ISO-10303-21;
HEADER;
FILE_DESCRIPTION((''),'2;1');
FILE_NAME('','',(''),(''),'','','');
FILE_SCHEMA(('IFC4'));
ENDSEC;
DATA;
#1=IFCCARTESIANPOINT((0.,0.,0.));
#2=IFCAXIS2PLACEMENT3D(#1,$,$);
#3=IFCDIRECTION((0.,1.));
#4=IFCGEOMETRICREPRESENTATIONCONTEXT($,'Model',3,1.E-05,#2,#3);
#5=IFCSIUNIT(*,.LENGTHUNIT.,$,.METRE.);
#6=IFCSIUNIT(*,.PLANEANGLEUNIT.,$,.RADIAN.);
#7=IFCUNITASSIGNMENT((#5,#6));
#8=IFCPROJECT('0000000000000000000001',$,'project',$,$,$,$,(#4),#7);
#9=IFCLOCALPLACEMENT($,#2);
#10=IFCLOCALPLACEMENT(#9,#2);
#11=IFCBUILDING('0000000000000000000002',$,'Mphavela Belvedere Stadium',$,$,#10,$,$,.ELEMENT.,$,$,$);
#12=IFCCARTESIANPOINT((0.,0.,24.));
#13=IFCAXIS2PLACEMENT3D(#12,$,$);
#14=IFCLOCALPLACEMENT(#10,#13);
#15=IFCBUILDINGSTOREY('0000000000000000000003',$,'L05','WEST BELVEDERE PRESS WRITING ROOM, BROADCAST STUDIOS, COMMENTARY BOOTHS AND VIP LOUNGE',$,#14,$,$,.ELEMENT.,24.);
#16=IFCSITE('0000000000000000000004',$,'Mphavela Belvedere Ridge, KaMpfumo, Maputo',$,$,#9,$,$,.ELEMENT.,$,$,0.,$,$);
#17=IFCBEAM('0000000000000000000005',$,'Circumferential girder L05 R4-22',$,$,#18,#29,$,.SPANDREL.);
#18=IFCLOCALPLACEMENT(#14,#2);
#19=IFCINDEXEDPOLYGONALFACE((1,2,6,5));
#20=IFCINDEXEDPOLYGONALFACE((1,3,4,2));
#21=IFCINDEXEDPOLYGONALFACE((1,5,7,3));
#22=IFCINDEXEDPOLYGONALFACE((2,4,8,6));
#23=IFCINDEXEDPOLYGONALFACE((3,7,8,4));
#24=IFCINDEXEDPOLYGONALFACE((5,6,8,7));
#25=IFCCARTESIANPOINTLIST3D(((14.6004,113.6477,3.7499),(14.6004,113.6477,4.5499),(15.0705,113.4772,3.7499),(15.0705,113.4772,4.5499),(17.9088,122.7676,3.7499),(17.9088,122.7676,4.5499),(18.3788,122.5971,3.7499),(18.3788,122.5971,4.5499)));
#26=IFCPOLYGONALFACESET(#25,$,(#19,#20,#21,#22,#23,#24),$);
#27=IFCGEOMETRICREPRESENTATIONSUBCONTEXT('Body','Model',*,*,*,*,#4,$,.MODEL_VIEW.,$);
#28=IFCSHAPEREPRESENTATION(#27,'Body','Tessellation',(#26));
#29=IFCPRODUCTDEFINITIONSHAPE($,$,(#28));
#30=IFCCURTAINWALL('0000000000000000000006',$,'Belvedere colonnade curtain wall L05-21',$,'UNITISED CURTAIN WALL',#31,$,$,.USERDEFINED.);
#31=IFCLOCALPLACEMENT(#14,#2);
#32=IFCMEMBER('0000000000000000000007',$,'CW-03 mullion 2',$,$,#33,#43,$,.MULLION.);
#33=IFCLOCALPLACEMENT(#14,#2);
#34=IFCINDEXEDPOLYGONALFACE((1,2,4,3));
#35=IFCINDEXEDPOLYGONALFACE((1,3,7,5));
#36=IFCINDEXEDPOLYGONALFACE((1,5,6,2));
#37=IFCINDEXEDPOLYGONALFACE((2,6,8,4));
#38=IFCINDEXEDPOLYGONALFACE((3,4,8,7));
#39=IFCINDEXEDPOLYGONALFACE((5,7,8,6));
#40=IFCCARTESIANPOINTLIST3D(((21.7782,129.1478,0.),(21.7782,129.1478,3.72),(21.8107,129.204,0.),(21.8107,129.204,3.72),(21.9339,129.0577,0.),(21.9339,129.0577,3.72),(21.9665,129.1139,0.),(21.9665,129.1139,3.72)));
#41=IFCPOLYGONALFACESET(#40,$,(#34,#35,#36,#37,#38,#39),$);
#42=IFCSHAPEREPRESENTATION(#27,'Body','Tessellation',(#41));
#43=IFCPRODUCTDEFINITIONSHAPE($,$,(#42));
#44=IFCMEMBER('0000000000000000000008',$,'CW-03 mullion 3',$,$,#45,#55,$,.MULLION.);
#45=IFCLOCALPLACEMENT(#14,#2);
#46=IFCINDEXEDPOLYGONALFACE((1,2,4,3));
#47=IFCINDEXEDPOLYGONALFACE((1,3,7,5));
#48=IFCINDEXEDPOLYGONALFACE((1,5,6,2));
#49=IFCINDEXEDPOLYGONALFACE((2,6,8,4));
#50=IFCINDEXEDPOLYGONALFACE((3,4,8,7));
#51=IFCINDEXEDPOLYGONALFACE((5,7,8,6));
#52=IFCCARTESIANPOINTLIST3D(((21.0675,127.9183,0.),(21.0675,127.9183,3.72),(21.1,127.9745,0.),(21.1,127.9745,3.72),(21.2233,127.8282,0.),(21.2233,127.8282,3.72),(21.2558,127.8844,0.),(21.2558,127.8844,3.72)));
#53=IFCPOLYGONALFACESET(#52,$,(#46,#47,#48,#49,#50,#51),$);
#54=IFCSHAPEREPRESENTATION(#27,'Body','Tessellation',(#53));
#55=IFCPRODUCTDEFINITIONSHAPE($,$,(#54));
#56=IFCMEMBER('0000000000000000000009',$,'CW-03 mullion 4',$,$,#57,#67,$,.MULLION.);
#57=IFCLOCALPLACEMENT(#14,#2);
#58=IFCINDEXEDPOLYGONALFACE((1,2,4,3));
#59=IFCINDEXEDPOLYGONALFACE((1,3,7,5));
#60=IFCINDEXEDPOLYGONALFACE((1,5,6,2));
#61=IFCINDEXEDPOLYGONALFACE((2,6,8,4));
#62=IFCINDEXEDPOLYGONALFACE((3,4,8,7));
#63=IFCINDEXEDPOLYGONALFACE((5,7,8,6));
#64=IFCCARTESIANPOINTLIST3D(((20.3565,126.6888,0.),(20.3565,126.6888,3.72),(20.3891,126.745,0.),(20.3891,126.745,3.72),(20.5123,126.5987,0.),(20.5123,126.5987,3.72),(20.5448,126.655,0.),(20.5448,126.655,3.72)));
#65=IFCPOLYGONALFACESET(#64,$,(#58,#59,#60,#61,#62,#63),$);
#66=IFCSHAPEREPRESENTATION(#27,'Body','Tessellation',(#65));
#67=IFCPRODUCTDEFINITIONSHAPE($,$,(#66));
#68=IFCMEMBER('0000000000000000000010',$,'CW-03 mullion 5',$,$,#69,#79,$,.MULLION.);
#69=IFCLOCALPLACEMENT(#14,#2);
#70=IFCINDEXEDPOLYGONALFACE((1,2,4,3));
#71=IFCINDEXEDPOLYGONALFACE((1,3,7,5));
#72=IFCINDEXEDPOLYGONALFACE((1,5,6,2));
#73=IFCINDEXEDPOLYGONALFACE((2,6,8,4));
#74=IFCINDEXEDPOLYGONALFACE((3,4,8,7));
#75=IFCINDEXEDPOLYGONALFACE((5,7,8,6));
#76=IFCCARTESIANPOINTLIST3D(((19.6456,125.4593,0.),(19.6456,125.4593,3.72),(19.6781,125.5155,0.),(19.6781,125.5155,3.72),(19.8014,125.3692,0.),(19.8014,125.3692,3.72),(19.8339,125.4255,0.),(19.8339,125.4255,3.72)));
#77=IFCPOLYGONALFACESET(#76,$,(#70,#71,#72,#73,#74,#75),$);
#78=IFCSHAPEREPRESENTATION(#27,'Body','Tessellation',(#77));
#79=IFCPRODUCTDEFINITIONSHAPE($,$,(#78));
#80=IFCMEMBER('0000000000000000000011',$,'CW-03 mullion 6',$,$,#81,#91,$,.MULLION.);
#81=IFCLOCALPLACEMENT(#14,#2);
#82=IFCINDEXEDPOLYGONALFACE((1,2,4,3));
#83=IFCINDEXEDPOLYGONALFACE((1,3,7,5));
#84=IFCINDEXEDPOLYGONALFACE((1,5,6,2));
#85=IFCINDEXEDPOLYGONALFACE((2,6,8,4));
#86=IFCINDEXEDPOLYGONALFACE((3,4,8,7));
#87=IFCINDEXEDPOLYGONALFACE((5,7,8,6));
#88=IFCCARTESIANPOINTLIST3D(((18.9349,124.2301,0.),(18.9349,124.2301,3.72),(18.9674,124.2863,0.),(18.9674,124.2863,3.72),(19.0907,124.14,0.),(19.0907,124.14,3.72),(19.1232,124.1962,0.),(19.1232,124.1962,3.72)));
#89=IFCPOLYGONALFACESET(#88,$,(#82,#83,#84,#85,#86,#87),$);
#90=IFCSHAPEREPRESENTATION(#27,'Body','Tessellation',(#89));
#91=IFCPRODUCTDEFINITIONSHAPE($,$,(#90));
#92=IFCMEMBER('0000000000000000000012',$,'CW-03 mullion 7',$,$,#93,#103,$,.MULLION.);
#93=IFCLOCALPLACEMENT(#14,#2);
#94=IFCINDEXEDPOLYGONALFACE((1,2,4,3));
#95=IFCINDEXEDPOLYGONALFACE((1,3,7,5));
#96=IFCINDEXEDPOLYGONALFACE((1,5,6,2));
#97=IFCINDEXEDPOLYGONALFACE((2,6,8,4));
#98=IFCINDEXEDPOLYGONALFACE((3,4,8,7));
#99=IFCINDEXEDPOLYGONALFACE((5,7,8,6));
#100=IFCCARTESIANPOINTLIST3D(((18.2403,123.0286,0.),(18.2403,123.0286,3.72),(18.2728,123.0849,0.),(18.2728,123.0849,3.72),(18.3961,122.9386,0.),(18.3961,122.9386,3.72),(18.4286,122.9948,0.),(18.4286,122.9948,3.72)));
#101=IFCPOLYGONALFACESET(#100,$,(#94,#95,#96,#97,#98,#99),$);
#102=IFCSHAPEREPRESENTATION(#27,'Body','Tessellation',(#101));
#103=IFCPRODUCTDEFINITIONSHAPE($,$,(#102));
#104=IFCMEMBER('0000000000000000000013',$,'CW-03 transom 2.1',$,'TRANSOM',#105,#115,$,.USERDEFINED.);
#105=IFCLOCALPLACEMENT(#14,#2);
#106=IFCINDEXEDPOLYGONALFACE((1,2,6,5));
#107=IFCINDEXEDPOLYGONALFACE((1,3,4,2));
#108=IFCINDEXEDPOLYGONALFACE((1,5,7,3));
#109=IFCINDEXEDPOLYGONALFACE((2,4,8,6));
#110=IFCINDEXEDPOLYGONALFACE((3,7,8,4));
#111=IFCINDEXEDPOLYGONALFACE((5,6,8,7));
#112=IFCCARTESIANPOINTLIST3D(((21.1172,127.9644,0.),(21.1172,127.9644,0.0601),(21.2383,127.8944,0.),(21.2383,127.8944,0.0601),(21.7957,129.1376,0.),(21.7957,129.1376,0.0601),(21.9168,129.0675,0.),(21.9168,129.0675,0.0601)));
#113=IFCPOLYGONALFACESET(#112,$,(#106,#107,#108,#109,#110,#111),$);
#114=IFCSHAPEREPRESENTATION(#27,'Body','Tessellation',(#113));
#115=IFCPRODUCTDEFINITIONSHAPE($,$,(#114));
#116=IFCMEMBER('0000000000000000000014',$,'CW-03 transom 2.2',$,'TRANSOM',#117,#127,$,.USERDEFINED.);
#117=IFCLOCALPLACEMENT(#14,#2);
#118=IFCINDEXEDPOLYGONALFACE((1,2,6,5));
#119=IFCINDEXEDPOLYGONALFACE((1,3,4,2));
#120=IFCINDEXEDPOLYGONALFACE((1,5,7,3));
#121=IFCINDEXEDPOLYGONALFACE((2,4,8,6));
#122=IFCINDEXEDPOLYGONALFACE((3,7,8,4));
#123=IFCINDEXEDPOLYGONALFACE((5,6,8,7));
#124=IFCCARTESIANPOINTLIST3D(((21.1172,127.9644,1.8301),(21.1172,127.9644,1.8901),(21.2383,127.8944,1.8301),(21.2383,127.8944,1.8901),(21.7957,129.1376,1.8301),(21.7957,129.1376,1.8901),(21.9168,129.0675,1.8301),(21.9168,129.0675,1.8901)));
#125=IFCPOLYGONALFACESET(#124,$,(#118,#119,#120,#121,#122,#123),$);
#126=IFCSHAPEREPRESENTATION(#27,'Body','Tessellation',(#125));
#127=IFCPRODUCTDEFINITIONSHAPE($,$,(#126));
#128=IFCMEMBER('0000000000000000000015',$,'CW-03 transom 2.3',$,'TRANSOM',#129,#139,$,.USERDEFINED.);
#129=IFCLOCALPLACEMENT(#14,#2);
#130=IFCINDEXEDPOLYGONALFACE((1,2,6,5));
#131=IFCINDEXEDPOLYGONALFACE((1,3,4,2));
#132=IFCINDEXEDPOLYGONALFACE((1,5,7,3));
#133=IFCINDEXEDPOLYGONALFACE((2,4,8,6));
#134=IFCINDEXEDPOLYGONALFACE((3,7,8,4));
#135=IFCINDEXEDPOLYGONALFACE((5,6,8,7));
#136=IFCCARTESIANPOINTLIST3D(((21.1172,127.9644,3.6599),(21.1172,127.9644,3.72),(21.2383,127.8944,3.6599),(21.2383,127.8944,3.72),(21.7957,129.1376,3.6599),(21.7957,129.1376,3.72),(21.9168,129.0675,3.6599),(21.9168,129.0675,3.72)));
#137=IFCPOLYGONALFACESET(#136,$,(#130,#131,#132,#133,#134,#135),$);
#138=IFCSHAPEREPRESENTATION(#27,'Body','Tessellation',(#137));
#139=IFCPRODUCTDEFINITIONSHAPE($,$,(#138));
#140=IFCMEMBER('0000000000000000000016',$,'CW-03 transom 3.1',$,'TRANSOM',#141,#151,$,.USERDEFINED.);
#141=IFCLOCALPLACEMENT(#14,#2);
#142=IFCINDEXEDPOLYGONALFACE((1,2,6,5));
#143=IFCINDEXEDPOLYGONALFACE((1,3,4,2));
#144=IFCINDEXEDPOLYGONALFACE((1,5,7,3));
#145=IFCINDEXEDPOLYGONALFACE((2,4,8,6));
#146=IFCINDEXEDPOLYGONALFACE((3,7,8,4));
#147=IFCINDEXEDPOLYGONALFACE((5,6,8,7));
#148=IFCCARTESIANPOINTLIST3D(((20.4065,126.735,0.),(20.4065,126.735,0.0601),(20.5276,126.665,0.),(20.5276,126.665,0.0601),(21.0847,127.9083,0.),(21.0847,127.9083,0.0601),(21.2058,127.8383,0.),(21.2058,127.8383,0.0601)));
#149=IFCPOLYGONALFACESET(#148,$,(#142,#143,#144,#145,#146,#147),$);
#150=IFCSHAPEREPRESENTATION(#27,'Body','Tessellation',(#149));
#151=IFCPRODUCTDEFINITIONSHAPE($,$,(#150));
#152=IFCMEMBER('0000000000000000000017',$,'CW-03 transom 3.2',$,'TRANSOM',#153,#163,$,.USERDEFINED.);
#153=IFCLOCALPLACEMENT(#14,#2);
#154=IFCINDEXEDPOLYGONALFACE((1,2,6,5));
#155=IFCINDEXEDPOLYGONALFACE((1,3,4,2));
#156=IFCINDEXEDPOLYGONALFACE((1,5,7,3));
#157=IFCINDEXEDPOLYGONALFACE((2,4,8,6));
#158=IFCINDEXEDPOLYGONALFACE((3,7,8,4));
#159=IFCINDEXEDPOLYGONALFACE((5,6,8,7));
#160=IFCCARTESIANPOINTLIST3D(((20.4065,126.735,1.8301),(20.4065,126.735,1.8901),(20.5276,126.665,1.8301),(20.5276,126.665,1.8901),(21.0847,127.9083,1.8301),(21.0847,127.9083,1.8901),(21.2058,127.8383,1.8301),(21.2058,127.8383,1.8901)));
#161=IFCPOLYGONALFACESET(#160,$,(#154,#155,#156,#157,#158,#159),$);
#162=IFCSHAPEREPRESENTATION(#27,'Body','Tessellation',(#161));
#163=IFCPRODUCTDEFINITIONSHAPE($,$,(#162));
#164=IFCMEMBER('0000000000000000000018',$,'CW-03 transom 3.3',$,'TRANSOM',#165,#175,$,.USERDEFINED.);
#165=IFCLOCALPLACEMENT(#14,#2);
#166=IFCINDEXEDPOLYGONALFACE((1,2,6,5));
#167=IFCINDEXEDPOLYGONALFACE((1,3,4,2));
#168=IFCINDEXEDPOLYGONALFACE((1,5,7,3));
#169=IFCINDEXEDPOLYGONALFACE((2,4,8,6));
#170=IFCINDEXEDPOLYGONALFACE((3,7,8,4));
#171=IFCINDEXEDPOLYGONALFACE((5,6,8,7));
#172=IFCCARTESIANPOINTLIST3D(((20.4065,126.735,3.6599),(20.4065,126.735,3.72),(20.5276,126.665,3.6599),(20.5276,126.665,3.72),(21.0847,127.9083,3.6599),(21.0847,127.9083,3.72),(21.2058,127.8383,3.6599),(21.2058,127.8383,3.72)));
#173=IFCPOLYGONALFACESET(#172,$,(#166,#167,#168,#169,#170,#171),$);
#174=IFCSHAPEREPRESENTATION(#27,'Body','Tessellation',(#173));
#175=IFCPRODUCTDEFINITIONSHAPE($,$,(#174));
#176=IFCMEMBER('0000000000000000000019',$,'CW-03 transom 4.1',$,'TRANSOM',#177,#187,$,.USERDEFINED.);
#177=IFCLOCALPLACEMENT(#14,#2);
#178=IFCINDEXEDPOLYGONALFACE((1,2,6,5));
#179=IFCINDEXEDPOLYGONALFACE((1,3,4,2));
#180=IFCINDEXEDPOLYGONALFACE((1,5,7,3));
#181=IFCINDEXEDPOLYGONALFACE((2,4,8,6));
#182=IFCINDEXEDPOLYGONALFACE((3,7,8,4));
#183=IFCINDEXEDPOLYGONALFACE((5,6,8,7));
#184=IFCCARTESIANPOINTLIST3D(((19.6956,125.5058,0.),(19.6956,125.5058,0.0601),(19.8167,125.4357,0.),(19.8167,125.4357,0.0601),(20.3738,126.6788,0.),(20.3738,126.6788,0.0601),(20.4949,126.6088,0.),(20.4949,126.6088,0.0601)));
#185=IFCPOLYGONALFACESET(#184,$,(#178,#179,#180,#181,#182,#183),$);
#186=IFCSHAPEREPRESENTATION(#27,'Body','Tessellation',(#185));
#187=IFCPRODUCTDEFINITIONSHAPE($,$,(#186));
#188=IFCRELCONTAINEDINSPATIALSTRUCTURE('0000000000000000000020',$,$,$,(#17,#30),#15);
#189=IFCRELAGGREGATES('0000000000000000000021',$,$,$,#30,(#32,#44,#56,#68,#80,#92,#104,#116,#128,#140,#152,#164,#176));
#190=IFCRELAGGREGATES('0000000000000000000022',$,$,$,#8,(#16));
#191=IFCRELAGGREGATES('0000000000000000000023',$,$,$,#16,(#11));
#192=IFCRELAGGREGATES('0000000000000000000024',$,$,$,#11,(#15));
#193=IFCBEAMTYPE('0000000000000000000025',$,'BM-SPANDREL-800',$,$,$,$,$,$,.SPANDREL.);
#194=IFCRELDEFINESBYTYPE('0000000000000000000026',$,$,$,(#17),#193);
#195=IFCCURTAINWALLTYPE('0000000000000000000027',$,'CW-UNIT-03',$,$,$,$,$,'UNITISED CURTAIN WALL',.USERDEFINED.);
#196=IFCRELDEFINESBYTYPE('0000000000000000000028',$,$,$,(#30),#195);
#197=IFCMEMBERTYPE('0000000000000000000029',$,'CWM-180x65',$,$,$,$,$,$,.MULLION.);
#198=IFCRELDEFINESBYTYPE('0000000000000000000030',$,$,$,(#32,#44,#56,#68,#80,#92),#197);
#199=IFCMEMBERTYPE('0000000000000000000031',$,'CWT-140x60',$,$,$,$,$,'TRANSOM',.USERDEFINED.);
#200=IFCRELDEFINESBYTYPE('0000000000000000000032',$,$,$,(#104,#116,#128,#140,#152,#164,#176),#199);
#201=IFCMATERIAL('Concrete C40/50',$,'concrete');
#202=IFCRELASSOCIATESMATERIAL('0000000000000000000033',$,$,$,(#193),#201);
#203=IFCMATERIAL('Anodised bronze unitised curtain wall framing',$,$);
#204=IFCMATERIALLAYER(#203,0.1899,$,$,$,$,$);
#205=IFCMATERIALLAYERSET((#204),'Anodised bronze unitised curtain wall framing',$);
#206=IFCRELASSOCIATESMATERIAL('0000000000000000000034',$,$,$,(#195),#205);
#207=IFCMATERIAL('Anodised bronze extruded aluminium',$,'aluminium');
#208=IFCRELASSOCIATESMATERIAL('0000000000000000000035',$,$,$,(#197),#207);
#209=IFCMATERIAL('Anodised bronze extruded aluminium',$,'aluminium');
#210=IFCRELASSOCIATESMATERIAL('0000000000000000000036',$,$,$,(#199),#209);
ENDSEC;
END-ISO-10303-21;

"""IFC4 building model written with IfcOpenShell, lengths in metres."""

from ifc_helpers import new_model, si_unit, direction, frame, origin, origin_2d, place, context, subcontext, project, spatial, rectangle, extrude, material, layer, layer_set, material_profile, profile_set, type_object, element, aggregate, save


model = new_model("IFC4")

# Units and contexts
model_context = context("Model", 3, precision=1e-05, world=origin(), true_north=direction((0.0, 1.0)))
body_context = subcontext(model_context, "Body", "Model", "MODEL_VIEW")
ifc_project = project(units=[si_unit("LENGTHUNIT", "METRE"), si_unit("PLANEANGLEUNIT", "RADIAN")], contexts=[model_context])

# Site, building, storey
site_placement = place(None, origin())
site = spatial("IfcSite", under=ifc_project, at=site_placement, Name="Mphavela Belvedere Ridge, KaMpfumo, Maputo", CompositionType="ELEMENT", RefElevation=0.0)
building_placement = place(site_placement, origin())
building = spatial("IfcBuilding", under=site, at=building_placement, Name="Mphavela Belvedere Stadium", CompositionType="ELEMENT")
storey_placement = place(building_placement, frame((0.0, 0.0, 24.0)))
storey = spatial("IfcBuildingStorey", under=building, at=storey_placement, Name="L05", Description="WEST BELVEDERE PRESS WRITING ROOM, BROADCAST STUDIOS, COMMENTARY BOOTHS AND VIP LOUNGE", CompositionType="ELEMENT", Elevation=24.0)

# Beam
ifc_material_1 = material(Name="Concrete C40/50", Category="concrete")
ifc_material_profile_1 = material_profile(ifc_material_1, rectangle(XDim=0.5, YDim=0.8, at=origin_2d()), Name="RC 500x800")
ifc_profile_set_1 = profile_set([ifc_material_profile_1], Name="Concrete C40/50")
beam_type = type_object("IfcBeamType", Name="BM-SPANDREL-800", PredefinedType="SPANDREL", material=ifc_profile_set_1)
beam_placement = place(storey_placement, frame((18.1438, 122.6824, 4.1499), z_axis=(-0.341018, -0.940057, 0.0), x_axis=(0.940057, -0.341018, 0.0)))
element("IfcBeam", 1, at=beam_placement, inside=storey, type_object=beam_type, Name="Circumferential girder L05 R4-22", PredefinedType="SPANDREL", context=body_context, shape_type="SweptSolid", body=[
    extrude(rectangle(XDim=0.5, YDim=0.8, at=origin_2d()), origin(), (0.0, 0.0, 1.0), 9.7014),
])

# Curtain wall, members
ifc_material_2 = material(Name="Anodised bronze unitised curtain wall framing")
ifc_layer_1 = layer(ifc_material_2, 0.1899)
ifc_layer_set_1 = layer_set([ifc_layer_1], Name="Anodised bronze unitised curtain wall framing")
curtain_wall_type = type_object("IfcCurtainWallType", Name="CW-UNIT-03", ElementType="UNITISED CURTAIN WALL", PredefinedType="USERDEFINED", material=ifc_layer_set_1)
curtain_wall_placement = place(storey_placement, origin())
curtain_wall = element("IfcCurtainWall", 2, at=curtain_wall_placement, inside=storey, type_object=curtain_wall_type, Name="Belvedere colonnade curtain wall L05-21", ObjectType="UNITISED CURTAIN WALL", PredefinedType="USERDEFINED")
ifc_material_3 = material(Name="Anodised bronze extruded aluminium", Category="aluminium")
ifc_material_profile_2 = material_profile(ifc_material_3, rectangle(XDim=0.1799, YDim=0.0649, at=origin_2d()), Name="CW-MUL 180x65")
ifc_profile_set_2 = profile_set([ifc_material_profile_2], Name="Anodised bronze extruded aluminium")
member_type_1 = type_object("IfcMemberType", Name="CWM-180x65", PredefinedType="MULLION", material=ifc_profile_set_2)
member_1_placement = place(storey_placement, frame((21.8723, 129.1309, 0.0), z_axis=(0.0, 0.0, 1.0), x_axis=(0.865704, -0.500556, 0.0)))
member_1 = element("IfcMember", 3, at=member_1_placement, type_object=member_type_1, Name="CW-03 mullion 2", PredefinedType="MULLION", context=body_context, shape_type="SweptSolid", body=[
    extrude(rectangle(XDim=0.1799, YDim=0.0649, at=origin_2d()), origin(), (0.0, 0.0, 1.0), 3.72),
])
member_2_placement = place(storey_placement, frame((21.1616, 127.9014, 0.0), z_axis=(0.0, 0.0, 1.0), x_axis=(0.865704, -0.500556, 0.0)))
member_2 = element("IfcMember", 4, at=member_2_placement, type_object=member_type_1, Name="CW-03 mullion 3", PredefinedType="MULLION", context=body_context, shape_type="SweptSolid", body=[
    extrude(rectangle(XDim=0.1799, YDim=0.0649, at=origin_2d()), origin(), (0.0, 0.0, 1.0), 3.72),
])
member_3_placement = place(storey_placement, frame((20.4507, 126.6719, 0.0), z_axis=(0.0, 0.0, 1.0), x_axis=(0.865704, -0.500556, 0.0)))
member_3 = element("IfcMember", 5, at=member_3_placement, type_object=member_type_1, Name="CW-03 mullion 4", PredefinedType="MULLION", context=body_context, shape_type="SweptSolid", body=[
    extrude(rectangle(XDim=0.1799, YDim=0.0649, at=origin_2d()), origin(), (0.0, 0.0, 1.0), 3.72),
])
member_4_placement = place(storey_placement, frame((19.7397, 125.4424, 0.0), z_axis=(0.0, 0.0, 1.0), x_axis=(0.865704, -0.500556, 0.0)))
member_4 = element("IfcMember", 6, at=member_4_placement, type_object=member_type_1, Name="CW-03 mullion 5", PredefinedType="MULLION", context=body_context, shape_type="SweptSolid", body=[
    extrude(rectangle(XDim=0.1799, YDim=0.0649, at=origin_2d()), origin(), (0.0, 0.0, 1.0), 3.72),
])
member_5_placement = place(storey_placement, frame((19.0291, 124.2131, 0.0), z_axis=(0.0, 0.0, 1.0), x_axis=(0.865704, -0.500556, 0.0)))
member_5 = element("IfcMember", 7, at=member_5_placement, type_object=member_type_1, Name="CW-03 mullion 6", PredefinedType="MULLION", context=body_context, shape_type="SweptSolid", body=[
    extrude(rectangle(XDim=0.1799, YDim=0.0649, at=origin_2d()), origin(), (0.0, 0.0, 1.0), 3.72),
])
member_6_placement = place(storey_placement, frame((18.3345, 123.0117, 0.0), z_axis=(0.0, 0.0, 1.0), x_axis=(0.865704, -0.500556, 0.0)))
member_6 = element("IfcMember", 8, at=member_6_placement, type_object=member_type_1, Name="CW-03 mullion 7", PredefinedType="MULLION", context=body_context, shape_type="SweptSolid", body=[
    extrude(rectangle(XDim=0.1799, YDim=0.0649, at=origin_2d()), origin(), (0.0, 0.0, 1.0), 3.72),
])
ifc_material_4 = material(Name="Anodised bronze extruded aluminium", Category="aluminium")
ifc_material_profile_3 = material_profile(ifc_material_4, rectangle(XDim=0.1399, YDim=0.0601, at=origin_2d()), Name="CW-TRN 140x60")
ifc_profile_set_3 = profile_set([ifc_material_profile_3], Name="Anodised bronze extruded aluminium")
member_type_2 = type_object("IfcMemberType", Name="CWT-140x60", ElementType="TRANSOM", PredefinedType="USERDEFINED", material=ifc_profile_set_3)
member_7_placement = place(storey_placement, frame((21.8562, 129.1025, 0.03), z_axis=(-0.500653, -0.865648, 0.0), x_axis=(0.865648, -0.500653, 0.0)))
member_7 = element("IfcMember", 9, at=member_7_placement, type_object=member_type_2, Name="CW-03 transom 2.1", ObjectType="TRANSOM", PredefinedType="USERDEFINED", context=body_context, shape_type="SweptSolid", body=[
    extrude(rectangle(XDim=0.1399, YDim=0.0601, at=origin_2d()), origin(), (0.0, 0.0, 1.0), 1.3552),
])
member_8_placement = place(storey_placement, frame((21.8562, 129.1025, 1.8601), z_axis=(-0.500653, -0.865648, 0.0), x_axis=(0.865648, -0.500653, 0.0)))
member_8 = element("IfcMember", 10, at=member_8_placement, type_object=member_type_2, Name="CW-03 transom 2.2", ObjectType="TRANSOM", PredefinedType="USERDEFINED", context=body_context, shape_type="SweptSolid", body=[
    extrude(rectangle(XDim=0.1399, YDim=0.0601, at=origin_2d()), origin(), (0.0, 0.0, 1.0), 1.3552),
])
member_9_placement = place(storey_placement, frame((21.8562, 129.1025, 3.6899), z_axis=(-0.500653, -0.865648, 0.0), x_axis=(0.865648, -0.500653, 0.0)))
member_9 = element("IfcMember", 11, at=member_9_placement, type_object=member_type_2, Name="CW-03 transom 2.3", ObjectType="TRANSOM", PredefinedType="USERDEFINED", context=body_context, shape_type="SweptSolid", body=[
    extrude(rectangle(XDim=0.1399, YDim=0.0601, at=origin_2d()), origin(), (0.0, 0.0, 1.0), 1.3552),
])
member_10_placement = place(storey_placement, frame((21.1453, 127.8733, 0.03), z_axis=(-0.50044, -0.865771, 0.0), x_axis=(0.865771, -0.50044, 0.0)))
member_10 = element("IfcMember", 12, at=member_10_placement, type_object=member_type_2, Name="CW-03 transom 3.1", ObjectType="TRANSOM", PredefinedType="USERDEFINED", context=body_context, shape_type="SweptSolid", body=[
    extrude(rectangle(XDim=0.1399, YDim=0.0601, at=origin_2d()), origin(), (0.0, 0.0, 1.0), 1.3552),
])
member_11_placement = place(storey_placement, frame((21.1453, 127.8733, 1.8601), z_axis=(-0.50044, -0.865771, 0.0), x_axis=(0.865771, -0.50044, 0.0)))
member_11 = element("IfcMember", 13, at=member_11_placement, type_object=member_type_2, Name="CW-03 transom 3.2", ObjectType="TRANSOM", PredefinedType="USERDEFINED", context=body_context, shape_type="SweptSolid", body=[
    extrude(rectangle(XDim=0.1399, YDim=0.0601, at=origin_2d()), origin(), (0.0, 0.0, 1.0), 1.3552),
])
member_12_placement = place(storey_placement, frame((21.1453, 127.8733, 3.6899), z_axis=(-0.50044, -0.865771, 0.0), x_axis=(0.865771, -0.50044, 0.0)))
member_12 = element("IfcMember", 14, at=member_12_placement, type_object=member_type_2, Name="CW-03 transom 3.3", ObjectType="TRANSOM", PredefinedType="USERDEFINED", context=body_context, shape_type="SweptSolid", body=[
    extrude(rectangle(XDim=0.1399, YDim=0.0601, at=origin_2d()), origin(), (0.0, 0.0, 1.0), 1.3552),
])
member_13_placement = place(storey_placement, frame((20.4343, 126.6438, 0.03), z_axis=(-0.500518, -0.865726, 0.0), x_axis=(0.865726, -0.500518, 0.0)))
member_13 = element("IfcMember", 15, at=member_13_placement, type_object=member_type_2, Name="CW-03 transom 4.1", ObjectType="TRANSOM", PredefinedType="USERDEFINED", context=body_context, shape_type="SweptSolid", body=[
    extrude(rectangle(XDim=0.1399, YDim=0.0601, at=origin_2d()), origin(), (0.0, 0.0, 1.0), 1.355),
])
aggregate(curtain_wall, [member_1, member_2, member_3, member_4, member_5, member_6, member_7, member_8, member_9, member_10, member_11, member_12, member_13])

save(model, "model.ifc")
